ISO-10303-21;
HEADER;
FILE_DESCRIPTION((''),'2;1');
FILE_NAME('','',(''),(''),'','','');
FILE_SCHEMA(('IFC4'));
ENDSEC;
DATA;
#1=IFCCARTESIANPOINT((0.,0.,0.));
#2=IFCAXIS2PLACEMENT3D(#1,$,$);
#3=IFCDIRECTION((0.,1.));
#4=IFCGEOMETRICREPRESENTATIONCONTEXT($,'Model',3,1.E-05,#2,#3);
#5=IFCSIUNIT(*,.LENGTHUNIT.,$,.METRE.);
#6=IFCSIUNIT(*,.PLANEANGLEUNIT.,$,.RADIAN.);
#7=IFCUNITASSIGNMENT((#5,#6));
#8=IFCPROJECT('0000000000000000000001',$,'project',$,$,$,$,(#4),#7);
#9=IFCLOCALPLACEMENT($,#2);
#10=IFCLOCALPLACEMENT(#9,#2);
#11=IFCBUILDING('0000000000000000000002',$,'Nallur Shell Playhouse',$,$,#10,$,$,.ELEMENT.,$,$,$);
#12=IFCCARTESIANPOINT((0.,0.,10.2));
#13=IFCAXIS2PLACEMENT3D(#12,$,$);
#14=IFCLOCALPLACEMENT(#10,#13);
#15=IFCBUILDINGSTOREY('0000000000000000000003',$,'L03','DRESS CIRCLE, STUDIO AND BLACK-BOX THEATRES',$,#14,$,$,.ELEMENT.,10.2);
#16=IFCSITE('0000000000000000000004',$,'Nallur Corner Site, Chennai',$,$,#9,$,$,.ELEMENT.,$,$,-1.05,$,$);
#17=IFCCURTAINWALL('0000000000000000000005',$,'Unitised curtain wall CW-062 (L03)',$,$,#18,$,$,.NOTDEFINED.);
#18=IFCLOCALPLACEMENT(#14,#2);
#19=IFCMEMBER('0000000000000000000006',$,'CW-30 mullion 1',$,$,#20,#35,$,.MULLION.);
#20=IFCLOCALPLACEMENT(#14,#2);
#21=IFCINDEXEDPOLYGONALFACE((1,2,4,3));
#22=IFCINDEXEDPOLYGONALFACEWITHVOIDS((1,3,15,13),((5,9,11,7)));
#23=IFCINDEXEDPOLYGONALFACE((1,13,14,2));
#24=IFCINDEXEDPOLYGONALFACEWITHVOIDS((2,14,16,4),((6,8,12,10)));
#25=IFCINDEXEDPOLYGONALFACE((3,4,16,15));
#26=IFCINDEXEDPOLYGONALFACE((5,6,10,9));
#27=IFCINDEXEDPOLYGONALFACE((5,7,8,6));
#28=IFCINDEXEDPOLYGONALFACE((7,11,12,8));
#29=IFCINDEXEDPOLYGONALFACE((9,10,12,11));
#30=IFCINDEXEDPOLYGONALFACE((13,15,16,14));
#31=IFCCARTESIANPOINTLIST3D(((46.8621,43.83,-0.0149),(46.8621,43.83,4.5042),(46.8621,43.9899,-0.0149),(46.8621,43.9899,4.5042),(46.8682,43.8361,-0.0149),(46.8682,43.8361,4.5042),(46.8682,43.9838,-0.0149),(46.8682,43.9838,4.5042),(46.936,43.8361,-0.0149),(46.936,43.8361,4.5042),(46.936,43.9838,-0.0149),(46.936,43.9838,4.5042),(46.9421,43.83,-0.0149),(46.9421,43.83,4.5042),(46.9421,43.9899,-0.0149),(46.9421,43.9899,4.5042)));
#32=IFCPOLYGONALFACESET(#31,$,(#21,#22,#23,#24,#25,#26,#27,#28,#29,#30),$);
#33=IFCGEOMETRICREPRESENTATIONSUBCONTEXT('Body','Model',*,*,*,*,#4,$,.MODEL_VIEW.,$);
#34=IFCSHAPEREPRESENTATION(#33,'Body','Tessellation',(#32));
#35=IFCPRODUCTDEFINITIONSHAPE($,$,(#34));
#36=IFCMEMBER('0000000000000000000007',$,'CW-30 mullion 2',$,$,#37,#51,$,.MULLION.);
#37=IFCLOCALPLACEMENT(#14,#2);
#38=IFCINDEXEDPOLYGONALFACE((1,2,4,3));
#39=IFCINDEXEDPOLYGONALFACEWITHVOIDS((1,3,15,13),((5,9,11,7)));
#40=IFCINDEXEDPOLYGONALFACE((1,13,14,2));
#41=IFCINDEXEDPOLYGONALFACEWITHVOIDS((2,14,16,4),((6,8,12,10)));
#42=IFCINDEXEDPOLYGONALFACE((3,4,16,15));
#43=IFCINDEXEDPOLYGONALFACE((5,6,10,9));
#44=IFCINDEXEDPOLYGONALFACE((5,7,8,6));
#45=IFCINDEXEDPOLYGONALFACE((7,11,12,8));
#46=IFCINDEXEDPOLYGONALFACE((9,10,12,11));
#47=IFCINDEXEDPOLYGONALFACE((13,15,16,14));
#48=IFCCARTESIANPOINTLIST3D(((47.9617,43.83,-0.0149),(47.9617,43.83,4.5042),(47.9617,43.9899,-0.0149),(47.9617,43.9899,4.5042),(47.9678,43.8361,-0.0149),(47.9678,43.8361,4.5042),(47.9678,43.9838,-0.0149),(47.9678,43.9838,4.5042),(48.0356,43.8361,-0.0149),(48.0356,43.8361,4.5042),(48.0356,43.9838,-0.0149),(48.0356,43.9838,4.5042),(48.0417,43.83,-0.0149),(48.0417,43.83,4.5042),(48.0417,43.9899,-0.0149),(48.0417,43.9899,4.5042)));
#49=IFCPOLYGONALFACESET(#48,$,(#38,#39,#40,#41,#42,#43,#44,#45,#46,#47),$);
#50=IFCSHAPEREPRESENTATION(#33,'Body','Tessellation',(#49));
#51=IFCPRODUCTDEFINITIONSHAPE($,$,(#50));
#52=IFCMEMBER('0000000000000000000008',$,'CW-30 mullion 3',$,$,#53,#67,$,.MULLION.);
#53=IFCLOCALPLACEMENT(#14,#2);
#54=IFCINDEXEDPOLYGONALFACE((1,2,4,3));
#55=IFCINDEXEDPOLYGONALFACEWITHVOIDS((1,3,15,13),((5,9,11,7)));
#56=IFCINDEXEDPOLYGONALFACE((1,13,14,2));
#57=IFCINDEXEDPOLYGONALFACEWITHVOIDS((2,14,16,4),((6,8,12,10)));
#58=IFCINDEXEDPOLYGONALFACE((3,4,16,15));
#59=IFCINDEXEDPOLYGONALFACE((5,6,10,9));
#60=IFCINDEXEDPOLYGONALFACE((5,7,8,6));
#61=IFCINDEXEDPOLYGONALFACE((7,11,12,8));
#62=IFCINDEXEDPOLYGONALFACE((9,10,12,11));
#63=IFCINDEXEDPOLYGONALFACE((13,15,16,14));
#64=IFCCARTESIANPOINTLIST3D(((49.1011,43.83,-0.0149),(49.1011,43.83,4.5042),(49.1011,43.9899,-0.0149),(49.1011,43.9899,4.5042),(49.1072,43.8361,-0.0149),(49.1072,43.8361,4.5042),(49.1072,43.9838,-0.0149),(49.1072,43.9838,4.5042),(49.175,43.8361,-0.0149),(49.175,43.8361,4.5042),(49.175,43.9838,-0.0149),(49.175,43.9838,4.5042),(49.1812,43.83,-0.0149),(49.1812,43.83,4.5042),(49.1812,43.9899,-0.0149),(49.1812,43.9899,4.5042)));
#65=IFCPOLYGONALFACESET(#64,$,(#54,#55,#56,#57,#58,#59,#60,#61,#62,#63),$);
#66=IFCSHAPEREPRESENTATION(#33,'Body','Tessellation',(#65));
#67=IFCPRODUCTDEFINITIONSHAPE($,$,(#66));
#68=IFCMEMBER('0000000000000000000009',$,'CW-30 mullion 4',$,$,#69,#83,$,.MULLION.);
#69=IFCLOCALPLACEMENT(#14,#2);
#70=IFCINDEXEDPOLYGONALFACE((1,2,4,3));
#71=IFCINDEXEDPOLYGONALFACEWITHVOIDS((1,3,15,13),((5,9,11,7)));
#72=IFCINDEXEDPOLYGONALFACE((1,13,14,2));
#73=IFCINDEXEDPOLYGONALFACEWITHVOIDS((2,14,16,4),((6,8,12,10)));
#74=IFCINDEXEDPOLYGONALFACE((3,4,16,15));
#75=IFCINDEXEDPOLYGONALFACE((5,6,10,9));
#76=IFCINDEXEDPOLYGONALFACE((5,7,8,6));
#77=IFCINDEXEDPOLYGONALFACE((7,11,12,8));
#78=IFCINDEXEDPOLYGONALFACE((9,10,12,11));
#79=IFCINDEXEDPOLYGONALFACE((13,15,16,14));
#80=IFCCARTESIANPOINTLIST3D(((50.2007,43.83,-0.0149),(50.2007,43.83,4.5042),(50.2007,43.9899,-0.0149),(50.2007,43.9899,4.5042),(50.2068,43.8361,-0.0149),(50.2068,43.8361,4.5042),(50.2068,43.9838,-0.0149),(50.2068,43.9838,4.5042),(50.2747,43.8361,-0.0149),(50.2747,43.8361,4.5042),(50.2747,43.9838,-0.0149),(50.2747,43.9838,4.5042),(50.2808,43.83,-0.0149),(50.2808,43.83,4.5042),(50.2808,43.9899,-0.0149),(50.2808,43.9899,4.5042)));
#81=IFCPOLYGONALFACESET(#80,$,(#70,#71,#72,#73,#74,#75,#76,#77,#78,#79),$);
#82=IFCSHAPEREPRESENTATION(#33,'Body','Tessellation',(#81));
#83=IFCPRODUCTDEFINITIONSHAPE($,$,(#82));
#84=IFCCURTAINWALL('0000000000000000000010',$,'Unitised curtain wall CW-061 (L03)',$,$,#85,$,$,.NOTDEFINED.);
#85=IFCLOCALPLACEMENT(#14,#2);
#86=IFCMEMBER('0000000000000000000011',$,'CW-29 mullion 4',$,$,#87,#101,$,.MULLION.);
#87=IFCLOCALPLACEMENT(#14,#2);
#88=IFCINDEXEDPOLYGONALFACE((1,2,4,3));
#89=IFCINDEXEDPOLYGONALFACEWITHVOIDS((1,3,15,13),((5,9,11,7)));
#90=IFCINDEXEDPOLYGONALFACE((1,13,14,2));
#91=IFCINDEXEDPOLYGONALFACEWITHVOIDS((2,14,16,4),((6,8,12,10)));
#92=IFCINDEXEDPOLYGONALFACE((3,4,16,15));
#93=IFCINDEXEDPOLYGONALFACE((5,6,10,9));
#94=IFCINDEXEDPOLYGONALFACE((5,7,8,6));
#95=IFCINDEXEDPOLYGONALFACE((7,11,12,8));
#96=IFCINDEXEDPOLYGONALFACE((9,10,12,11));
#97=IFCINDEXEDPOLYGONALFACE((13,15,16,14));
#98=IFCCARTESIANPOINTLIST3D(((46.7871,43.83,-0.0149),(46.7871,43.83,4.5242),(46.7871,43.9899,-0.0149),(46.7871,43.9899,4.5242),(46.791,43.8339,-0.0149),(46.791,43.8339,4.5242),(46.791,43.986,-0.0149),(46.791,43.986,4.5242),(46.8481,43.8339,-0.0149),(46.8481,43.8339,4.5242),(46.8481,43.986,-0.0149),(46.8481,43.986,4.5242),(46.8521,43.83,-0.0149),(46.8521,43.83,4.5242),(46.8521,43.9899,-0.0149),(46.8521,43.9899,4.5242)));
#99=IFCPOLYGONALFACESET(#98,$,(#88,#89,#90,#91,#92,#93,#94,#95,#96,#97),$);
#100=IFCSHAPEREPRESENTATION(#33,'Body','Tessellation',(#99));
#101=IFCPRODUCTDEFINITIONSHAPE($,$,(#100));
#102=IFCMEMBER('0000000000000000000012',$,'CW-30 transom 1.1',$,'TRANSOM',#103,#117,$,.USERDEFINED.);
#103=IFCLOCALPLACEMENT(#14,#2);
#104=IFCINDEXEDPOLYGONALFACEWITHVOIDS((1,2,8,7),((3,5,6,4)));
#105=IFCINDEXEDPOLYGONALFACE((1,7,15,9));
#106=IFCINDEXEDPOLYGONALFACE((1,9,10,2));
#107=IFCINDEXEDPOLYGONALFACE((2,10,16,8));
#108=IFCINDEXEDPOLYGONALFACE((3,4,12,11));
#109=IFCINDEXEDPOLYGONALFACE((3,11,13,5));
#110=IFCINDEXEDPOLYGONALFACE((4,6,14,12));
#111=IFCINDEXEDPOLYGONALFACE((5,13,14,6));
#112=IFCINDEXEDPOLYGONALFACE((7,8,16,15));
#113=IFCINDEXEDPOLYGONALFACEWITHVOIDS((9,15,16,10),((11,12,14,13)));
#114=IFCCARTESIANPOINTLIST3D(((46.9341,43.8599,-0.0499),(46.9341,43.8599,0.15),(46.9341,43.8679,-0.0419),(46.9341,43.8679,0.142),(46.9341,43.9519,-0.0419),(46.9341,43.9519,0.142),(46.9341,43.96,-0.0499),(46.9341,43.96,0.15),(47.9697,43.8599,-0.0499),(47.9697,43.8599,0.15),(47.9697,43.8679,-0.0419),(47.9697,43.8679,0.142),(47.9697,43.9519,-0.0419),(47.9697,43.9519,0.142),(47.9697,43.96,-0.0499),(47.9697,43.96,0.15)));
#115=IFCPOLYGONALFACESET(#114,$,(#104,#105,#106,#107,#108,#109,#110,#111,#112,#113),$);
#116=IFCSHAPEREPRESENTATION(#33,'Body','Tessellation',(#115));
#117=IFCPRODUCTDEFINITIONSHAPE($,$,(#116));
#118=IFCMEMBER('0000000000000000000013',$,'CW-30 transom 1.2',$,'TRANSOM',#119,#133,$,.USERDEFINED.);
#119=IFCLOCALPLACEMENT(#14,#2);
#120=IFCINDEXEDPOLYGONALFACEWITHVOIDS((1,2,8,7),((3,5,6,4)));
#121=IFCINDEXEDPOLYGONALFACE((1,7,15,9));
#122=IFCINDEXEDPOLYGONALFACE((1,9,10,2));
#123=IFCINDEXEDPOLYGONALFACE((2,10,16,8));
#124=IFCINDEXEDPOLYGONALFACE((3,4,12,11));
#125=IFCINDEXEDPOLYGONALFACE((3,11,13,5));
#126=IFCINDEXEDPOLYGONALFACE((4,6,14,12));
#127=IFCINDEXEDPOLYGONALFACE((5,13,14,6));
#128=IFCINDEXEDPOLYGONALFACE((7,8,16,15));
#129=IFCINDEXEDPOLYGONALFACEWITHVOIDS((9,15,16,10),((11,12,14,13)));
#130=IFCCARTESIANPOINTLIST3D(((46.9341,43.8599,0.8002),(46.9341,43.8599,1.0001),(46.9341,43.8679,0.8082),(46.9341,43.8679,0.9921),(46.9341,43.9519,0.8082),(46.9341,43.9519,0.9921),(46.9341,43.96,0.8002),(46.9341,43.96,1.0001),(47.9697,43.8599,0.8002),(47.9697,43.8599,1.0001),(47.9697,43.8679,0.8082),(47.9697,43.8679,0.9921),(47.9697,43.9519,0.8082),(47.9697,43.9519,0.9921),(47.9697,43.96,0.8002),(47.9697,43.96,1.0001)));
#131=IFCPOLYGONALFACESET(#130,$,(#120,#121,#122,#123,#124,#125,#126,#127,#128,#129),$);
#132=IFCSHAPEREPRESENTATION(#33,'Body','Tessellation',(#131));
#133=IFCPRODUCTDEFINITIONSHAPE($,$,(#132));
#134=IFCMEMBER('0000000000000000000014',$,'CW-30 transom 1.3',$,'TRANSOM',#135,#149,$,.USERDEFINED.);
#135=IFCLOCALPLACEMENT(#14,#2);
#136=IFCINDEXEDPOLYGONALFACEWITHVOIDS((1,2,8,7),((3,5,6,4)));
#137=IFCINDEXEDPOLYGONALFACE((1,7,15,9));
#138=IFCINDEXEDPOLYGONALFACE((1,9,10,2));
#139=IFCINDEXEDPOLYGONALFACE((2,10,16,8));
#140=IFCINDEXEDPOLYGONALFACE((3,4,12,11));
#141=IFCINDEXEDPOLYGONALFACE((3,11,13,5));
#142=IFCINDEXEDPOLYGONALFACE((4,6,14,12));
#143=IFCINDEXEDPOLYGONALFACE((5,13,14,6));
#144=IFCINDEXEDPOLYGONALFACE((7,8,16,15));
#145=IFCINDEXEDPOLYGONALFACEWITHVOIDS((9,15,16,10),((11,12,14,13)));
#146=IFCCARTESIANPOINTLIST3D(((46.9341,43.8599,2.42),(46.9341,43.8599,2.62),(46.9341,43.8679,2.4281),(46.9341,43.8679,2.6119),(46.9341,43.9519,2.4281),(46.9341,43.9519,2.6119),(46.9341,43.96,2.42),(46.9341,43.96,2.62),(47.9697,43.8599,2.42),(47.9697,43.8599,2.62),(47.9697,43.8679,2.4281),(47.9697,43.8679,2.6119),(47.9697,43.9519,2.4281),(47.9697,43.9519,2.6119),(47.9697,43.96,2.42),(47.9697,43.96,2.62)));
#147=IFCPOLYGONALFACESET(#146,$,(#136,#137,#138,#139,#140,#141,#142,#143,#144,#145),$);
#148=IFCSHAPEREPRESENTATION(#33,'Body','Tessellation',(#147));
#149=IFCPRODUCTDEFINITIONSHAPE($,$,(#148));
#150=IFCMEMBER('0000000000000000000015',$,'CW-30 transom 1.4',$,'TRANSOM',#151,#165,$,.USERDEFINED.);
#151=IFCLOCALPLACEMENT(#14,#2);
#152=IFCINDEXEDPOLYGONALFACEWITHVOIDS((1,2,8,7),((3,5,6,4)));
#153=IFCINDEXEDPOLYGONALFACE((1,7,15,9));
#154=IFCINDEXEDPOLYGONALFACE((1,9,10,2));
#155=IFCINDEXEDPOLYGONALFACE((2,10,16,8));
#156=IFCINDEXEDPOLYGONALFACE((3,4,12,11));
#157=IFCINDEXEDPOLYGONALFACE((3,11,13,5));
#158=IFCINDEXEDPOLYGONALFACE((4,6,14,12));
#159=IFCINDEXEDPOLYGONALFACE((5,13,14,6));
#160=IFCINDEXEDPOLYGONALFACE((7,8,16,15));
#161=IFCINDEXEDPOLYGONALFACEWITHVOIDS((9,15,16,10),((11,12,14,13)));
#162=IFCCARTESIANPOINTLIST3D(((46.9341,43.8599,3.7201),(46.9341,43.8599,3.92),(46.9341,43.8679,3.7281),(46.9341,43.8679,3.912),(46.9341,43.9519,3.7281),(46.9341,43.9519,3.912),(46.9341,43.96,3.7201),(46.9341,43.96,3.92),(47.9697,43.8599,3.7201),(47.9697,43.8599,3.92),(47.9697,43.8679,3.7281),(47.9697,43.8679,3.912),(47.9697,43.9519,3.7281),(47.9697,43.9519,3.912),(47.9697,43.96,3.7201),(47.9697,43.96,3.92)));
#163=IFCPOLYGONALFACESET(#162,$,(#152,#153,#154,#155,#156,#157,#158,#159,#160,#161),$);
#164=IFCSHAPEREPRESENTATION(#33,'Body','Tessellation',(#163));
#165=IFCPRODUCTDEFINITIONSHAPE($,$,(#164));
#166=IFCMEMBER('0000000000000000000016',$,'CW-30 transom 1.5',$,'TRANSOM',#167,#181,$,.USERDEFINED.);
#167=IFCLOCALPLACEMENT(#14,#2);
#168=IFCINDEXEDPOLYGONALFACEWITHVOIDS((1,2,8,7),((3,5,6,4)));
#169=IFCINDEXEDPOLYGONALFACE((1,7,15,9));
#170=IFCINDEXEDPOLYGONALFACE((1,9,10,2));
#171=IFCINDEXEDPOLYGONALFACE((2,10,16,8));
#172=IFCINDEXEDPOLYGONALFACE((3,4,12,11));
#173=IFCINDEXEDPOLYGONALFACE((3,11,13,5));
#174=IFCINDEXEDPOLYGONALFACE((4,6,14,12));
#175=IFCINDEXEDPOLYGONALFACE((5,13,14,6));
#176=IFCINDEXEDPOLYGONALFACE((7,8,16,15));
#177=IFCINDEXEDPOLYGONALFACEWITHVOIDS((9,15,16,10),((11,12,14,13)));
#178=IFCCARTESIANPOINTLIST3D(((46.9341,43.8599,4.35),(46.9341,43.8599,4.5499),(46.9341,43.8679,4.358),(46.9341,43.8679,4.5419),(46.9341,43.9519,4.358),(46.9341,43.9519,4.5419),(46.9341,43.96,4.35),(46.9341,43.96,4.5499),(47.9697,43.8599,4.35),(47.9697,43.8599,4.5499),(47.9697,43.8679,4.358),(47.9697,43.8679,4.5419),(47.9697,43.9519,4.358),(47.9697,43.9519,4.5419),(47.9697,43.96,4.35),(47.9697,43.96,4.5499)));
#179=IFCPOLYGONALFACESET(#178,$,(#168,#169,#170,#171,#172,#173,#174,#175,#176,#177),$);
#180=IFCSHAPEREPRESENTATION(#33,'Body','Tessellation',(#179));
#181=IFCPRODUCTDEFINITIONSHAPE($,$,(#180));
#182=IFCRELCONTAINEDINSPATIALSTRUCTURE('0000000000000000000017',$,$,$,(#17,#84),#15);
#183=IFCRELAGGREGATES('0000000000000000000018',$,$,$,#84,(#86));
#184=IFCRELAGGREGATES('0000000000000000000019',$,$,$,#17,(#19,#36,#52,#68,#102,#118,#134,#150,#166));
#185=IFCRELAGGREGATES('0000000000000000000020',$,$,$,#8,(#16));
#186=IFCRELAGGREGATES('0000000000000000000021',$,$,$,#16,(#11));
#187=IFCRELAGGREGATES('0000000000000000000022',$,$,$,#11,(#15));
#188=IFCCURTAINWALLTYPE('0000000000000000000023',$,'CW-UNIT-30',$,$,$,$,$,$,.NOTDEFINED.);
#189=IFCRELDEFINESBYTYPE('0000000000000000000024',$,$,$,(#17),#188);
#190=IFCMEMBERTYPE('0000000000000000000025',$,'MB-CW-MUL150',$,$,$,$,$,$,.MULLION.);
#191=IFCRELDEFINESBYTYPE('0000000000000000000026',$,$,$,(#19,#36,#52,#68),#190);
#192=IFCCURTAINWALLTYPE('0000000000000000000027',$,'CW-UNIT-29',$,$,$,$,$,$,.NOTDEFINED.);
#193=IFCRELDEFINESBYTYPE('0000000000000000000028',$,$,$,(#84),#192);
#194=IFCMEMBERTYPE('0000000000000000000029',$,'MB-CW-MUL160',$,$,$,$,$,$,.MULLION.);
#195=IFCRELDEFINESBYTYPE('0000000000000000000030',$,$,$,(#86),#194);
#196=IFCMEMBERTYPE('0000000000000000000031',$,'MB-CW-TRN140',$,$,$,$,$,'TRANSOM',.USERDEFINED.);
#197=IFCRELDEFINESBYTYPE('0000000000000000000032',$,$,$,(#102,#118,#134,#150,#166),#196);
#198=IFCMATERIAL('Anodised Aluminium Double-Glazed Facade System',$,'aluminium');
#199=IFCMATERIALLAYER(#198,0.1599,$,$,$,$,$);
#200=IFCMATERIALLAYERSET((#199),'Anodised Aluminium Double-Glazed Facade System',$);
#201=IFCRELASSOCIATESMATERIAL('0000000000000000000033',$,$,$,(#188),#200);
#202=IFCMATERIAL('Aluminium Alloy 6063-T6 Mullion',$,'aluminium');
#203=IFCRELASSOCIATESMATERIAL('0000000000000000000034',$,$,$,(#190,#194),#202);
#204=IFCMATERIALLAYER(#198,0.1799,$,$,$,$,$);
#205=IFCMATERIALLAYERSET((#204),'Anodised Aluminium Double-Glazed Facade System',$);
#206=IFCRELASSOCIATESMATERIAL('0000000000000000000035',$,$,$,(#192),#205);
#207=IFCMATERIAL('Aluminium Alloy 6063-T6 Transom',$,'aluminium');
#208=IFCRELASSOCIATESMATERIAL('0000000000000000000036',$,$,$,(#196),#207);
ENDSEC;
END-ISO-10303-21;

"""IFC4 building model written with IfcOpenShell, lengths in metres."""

from ifc_helpers import new_model, si_unit, direction, frame, origin, origin_2d, place, context, subcontext, project, spatial, hollow_rectangle, extrude, material, layer, layer_set, material_profile, profile_set, type_object, element, aggregate, save


model = new_model("IFC4")

# Units and contexts
model_context = context("Model", 3, precision=1e-05, world=origin(), true_north=direction((0.0, 1.0)))
body_context = subcontext(model_context, "Body", "Model", "MODEL_VIEW")
ifc_project = project(units=[si_unit("LENGTHUNIT", "METRE"), si_unit("PLANEANGLEUNIT", "RADIAN")], contexts=[model_context])

# Site, building, storey
site_placement = place(None, origin())
site = spatial("IfcSite", under=ifc_project, at=site_placement, Name="Nallur Corner Site, Chennai", CompositionType="ELEMENT", RefElevation=-1.05)
building_placement = place(site_placement, origin())
building = spatial("IfcBuilding", under=site, at=building_placement, Name="Nallur Shell Playhouse", CompositionType="ELEMENT")
storey_placement = place(building_placement, frame((0.0, 0.0, 10.2)))
storey = spatial("IfcBuildingStorey", under=building, at=storey_placement, Name="L03", Description="DRESS CIRCLE, STUDIO AND BLACK-BOX THEATRES", CompositionType="ELEMENT", Elevation=10.2)

# Curtain wall, members
ifc_material_1 = material(Name="Anodised Aluminium Double-Glazed Facade System", Category="aluminium")
ifc_layer_1 = layer(ifc_material_1, 0.1599)
ifc_layer_set_1 = layer_set([ifc_layer_1], Name="Anodised Aluminium Double-Glazed Facade System")
curtain_wall_type_1 = type_object("IfcCurtainWallType", Name="CW-UNIT-30", PredefinedType="NOTDEFINED", material=ifc_layer_set_1)
curtain_wall_1_placement = place(storey_placement, origin())
curtain_wall_1 = element("IfcCurtainWall", 1, at=curtain_wall_1_placement, inside=storey, type_object=curtain_wall_type_1, Name="Unitised curtain wall CW-062 (L03)", PredefinedType="NOTDEFINED")
ifc_material_2 = material(Name="Aluminium Alloy 6063-T6 Mullion", Category="aluminium")
ifc_material_profile_1 = material_profile(ifc_material_2, hollow_rectangle(XDim=0.0801, YDim=0.1599, WallThickness=0.0061, at=origin_2d()), Name="RHS 160x80x6")
ifc_profile_set_1 = profile_set([ifc_material_profile_1], Name="Aluminium Alloy 6063-T6 Mullion")
member_type_1 = type_object("IfcMemberType", Name="MB-CW-MUL150", PredefinedType="MULLION", material=ifc_profile_set_1)
member_1_placement = place(storey_placement, frame((46.9021, 43.9099, -0.0149), z_axis=(0.0, 0.0, 1.0), x_axis=(1.0, 0.0, 0.0)))
member_1 = element("IfcMember", 2, at=member_1_placement, type_object=member_type_1, Name="CW-30 mullion 1", PredefinedType="MULLION", context=body_context, shape_type="SweptSolid", body=[
    extrude(hollow_rectangle(XDim=0.0801, YDim=0.1599, WallThickness=0.0061, at=origin_2d()), origin(), (0.0, 0.0, 1.0), 4.519),
])
member_2_placement = place(storey_placement, frame((48.0017, 43.9099, -0.0149), z_axis=(0.0, 0.0, 1.0), x_axis=(1.0, 0.0, 0.0)))
member_2 = element("IfcMember", 3, at=member_2_placement, type_object=member_type_1, Name="CW-30 mullion 2", PredefinedType="MULLION", context=body_context, shape_type="SweptSolid", body=[
    extrude(hollow_rectangle(XDim=0.0801, YDim=0.1599, WallThickness=0.0061, at=origin_2d()), origin(), (0.0, 0.0, 1.0), 4.519),
])
member_3_placement = place(storey_placement, frame((49.1411, 43.9099, -0.0149), z_axis=(0.0, 0.0, 1.0), x_axis=(1.0, 0.0, 0.0)))
member_3 = element("IfcMember", 4, at=member_3_placement, type_object=member_type_1, Name="CW-30 mullion 3", PredefinedType="MULLION", context=body_context, shape_type="SweptSolid", body=[
    extrude(hollow_rectangle(XDim=0.0801, YDim=0.1599, WallThickness=0.0061, at=origin_2d()), origin(), (0.0, 0.0, 1.0), 4.519),
])
member_4_placement = place(storey_placement, frame((50.2407, 43.9099, -0.0149), z_axis=(0.0, 0.0, 1.0), x_axis=(1.0, 0.0, 0.0)))
member_4 = element("IfcMember", 5, at=member_4_placement, type_object=member_type_1, Name="CW-30 mullion 4", PredefinedType="MULLION", context=body_context, shape_type="SweptSolid", body=[
    extrude(hollow_rectangle(XDim=0.0801, YDim=0.1599, WallThickness=0.0061, at=origin_2d()), origin(), (0.0, 0.0, 1.0), 4.519),
])

# Curtain wall, member
ifc_layer_2 = layer(ifc_material_1, 0.1799)
ifc_layer_set_2 = layer_set([ifc_layer_2], Name="Anodised Aluminium Double-Glazed Facade System")
curtain_wall_type_2 = type_object("IfcCurtainWallType", Name="CW-UNIT-29", PredefinedType="NOTDEFINED", material=ifc_layer_set_2)
curtain_wall_2_placement = place(storey_placement, origin())
curtain_wall_2 = element("IfcCurtainWall", 6, at=curtain_wall_2_placement, inside=storey, type_object=curtain_wall_type_2, Name="Unitised curtain wall CW-061 (L03)", PredefinedType="NOTDEFINED")
ifc_material_profile_2 = material_profile(ifc_material_2, hollow_rectangle(XDim=0.0649, YDim=0.1599, WallThickness=0.0039, at=origin_2d()), Name="ALU 65x160x4")
ifc_profile_set_2 = profile_set([ifc_material_profile_2], Name="Aluminium Alloy 6063-T6 Mullion")
member_type_2 = type_object("IfcMemberType", Name="MB-CW-MUL160", PredefinedType="MULLION", material=ifc_profile_set_2)
member_5_placement = place(storey_placement, frame((46.8196, 43.9099, -0.0149), z_axis=(0.0, 0.0, 1.0), x_axis=(1.0, 0.0, 0.0)))
member_5 = element("IfcMember", 7, at=member_5_placement, type_object=member_type_2, Name="CW-29 mullion 4", PredefinedType="MULLION", context=body_context, shape_type="SweptSolid", body=[
    extrude(hollow_rectangle(XDim=0.0649, YDim=0.1599, WallThickness=0.0039, at=origin_2d()), origin(), (0.0, 0.0, 1.0), 4.5391),
])

# Members
ifc_material_3 = material(Name="Aluminium Alloy 6063-T6 Transom", Category="aluminium")
ifc_material_profile_3 = material_profile(ifc_material_3, hollow_rectangle(XDim=0.1001, YDim=0.2, WallThickness=0.0081, at=origin_2d()), Name="RHS 200x100x8")
ifc_profile_set_3 = profile_set([ifc_material_profile_3], Name="Aluminium Alloy 6063-T6 Transom")
member_type_3 = type_object("IfcMemberType", Name="MB-CW-TRN140", ElementType="TRANSOM", PredefinedType="USERDEFINED", material=ifc_profile_set_3)
member_6_placement = place(storey_placement, frame((46.9341, 43.9099, 0.05), z_axis=(1.0, 0.0, 0.0), x_axis=(0.0, 1.0, 0.0)))
member_6 = element("IfcMember", 8, at=member_6_placement, type_object=member_type_3, Name="CW-30 transom 1.1", ObjectType="TRANSOM", PredefinedType="USERDEFINED", context=body_context, shape_type="SweptSolid", body=[
    extrude(hollow_rectangle(XDim=0.1001, YDim=0.2, WallThickness=0.0081, at=origin_2d()), origin(), (0.0, 0.0, 1.0), 1.0356),
])
member_7_placement = place(storey_placement, frame((46.9341, 43.9099, 0.9001), z_axis=(1.0, 0.0, 0.0), x_axis=(0.0, 1.0, 0.0)))
member_7 = element("IfcMember", 9, at=member_7_placement, type_object=member_type_3, Name="CW-30 transom 1.2", ObjectType="TRANSOM", PredefinedType="USERDEFINED", context=body_context, shape_type="SweptSolid", body=[
    extrude(hollow_rectangle(XDim=0.1001, YDim=0.2, WallThickness=0.0081, at=origin_2d()), origin(), (0.0, 0.0, 1.0), 1.0356),
])
member_8_placement = place(storey_placement, frame((46.9341, 43.9099, 2.52), z_axis=(1.0, 0.0, 0.0), x_axis=(0.0, 1.0, 0.0)))
member_8 = element("IfcMember", 10, at=member_8_placement, type_object=member_type_3, Name="CW-30 transom 1.3", ObjectType="TRANSOM", PredefinedType="USERDEFINED", context=body_context, shape_type="SweptSolid", body=[
    extrude(hollow_rectangle(XDim=0.1001, YDim=0.2, WallThickness=0.0081, at=origin_2d()), origin(), (0.0, 0.0, 1.0), 1.0356),
])
member_9_placement = place(storey_placement, frame((46.9341, 43.9099, 3.8201), z_axis=(1.0, 0.0, 0.0), x_axis=(0.0, 1.0, 0.0)))
member_9 = element("IfcMember", 11, at=member_9_placement, type_object=member_type_3, Name="CW-30 transom 1.4", ObjectType="TRANSOM", PredefinedType="USERDEFINED", context=body_context, shape_type="SweptSolid", body=[
    extrude(hollow_rectangle(XDim=0.1001, YDim=0.2, WallThickness=0.0081, at=origin_2d()), origin(), (0.0, 0.0, 1.0), 1.0356),
])
member_10_placement = place(storey_placement, frame((46.9341, 43.9099, 4.45), z_axis=(1.0, 0.0, 0.0), x_axis=(0.0, 1.0, 0.0)))
member_10 = element("IfcMember", 12, at=member_10_placement, type_object=member_type_3, Name="CW-30 transom 1.5", ObjectType="TRANSOM", PredefinedType="USERDEFINED", context=body_context, shape_type="SweptSolid", body=[
    extrude(hollow_rectangle(XDim=0.1001, YDim=0.2, WallThickness=0.0081, at=origin_2d()), origin(), (0.0, 0.0, 1.0), 1.0356),
])

aggregate(curtain_wall_2, [member_5])
aggregate(curtain_wall_1, [member_1, member_2, member_3, member_4, member_6, member_7, member_8, member_9, member_10])

save(model, "model.ifc")
